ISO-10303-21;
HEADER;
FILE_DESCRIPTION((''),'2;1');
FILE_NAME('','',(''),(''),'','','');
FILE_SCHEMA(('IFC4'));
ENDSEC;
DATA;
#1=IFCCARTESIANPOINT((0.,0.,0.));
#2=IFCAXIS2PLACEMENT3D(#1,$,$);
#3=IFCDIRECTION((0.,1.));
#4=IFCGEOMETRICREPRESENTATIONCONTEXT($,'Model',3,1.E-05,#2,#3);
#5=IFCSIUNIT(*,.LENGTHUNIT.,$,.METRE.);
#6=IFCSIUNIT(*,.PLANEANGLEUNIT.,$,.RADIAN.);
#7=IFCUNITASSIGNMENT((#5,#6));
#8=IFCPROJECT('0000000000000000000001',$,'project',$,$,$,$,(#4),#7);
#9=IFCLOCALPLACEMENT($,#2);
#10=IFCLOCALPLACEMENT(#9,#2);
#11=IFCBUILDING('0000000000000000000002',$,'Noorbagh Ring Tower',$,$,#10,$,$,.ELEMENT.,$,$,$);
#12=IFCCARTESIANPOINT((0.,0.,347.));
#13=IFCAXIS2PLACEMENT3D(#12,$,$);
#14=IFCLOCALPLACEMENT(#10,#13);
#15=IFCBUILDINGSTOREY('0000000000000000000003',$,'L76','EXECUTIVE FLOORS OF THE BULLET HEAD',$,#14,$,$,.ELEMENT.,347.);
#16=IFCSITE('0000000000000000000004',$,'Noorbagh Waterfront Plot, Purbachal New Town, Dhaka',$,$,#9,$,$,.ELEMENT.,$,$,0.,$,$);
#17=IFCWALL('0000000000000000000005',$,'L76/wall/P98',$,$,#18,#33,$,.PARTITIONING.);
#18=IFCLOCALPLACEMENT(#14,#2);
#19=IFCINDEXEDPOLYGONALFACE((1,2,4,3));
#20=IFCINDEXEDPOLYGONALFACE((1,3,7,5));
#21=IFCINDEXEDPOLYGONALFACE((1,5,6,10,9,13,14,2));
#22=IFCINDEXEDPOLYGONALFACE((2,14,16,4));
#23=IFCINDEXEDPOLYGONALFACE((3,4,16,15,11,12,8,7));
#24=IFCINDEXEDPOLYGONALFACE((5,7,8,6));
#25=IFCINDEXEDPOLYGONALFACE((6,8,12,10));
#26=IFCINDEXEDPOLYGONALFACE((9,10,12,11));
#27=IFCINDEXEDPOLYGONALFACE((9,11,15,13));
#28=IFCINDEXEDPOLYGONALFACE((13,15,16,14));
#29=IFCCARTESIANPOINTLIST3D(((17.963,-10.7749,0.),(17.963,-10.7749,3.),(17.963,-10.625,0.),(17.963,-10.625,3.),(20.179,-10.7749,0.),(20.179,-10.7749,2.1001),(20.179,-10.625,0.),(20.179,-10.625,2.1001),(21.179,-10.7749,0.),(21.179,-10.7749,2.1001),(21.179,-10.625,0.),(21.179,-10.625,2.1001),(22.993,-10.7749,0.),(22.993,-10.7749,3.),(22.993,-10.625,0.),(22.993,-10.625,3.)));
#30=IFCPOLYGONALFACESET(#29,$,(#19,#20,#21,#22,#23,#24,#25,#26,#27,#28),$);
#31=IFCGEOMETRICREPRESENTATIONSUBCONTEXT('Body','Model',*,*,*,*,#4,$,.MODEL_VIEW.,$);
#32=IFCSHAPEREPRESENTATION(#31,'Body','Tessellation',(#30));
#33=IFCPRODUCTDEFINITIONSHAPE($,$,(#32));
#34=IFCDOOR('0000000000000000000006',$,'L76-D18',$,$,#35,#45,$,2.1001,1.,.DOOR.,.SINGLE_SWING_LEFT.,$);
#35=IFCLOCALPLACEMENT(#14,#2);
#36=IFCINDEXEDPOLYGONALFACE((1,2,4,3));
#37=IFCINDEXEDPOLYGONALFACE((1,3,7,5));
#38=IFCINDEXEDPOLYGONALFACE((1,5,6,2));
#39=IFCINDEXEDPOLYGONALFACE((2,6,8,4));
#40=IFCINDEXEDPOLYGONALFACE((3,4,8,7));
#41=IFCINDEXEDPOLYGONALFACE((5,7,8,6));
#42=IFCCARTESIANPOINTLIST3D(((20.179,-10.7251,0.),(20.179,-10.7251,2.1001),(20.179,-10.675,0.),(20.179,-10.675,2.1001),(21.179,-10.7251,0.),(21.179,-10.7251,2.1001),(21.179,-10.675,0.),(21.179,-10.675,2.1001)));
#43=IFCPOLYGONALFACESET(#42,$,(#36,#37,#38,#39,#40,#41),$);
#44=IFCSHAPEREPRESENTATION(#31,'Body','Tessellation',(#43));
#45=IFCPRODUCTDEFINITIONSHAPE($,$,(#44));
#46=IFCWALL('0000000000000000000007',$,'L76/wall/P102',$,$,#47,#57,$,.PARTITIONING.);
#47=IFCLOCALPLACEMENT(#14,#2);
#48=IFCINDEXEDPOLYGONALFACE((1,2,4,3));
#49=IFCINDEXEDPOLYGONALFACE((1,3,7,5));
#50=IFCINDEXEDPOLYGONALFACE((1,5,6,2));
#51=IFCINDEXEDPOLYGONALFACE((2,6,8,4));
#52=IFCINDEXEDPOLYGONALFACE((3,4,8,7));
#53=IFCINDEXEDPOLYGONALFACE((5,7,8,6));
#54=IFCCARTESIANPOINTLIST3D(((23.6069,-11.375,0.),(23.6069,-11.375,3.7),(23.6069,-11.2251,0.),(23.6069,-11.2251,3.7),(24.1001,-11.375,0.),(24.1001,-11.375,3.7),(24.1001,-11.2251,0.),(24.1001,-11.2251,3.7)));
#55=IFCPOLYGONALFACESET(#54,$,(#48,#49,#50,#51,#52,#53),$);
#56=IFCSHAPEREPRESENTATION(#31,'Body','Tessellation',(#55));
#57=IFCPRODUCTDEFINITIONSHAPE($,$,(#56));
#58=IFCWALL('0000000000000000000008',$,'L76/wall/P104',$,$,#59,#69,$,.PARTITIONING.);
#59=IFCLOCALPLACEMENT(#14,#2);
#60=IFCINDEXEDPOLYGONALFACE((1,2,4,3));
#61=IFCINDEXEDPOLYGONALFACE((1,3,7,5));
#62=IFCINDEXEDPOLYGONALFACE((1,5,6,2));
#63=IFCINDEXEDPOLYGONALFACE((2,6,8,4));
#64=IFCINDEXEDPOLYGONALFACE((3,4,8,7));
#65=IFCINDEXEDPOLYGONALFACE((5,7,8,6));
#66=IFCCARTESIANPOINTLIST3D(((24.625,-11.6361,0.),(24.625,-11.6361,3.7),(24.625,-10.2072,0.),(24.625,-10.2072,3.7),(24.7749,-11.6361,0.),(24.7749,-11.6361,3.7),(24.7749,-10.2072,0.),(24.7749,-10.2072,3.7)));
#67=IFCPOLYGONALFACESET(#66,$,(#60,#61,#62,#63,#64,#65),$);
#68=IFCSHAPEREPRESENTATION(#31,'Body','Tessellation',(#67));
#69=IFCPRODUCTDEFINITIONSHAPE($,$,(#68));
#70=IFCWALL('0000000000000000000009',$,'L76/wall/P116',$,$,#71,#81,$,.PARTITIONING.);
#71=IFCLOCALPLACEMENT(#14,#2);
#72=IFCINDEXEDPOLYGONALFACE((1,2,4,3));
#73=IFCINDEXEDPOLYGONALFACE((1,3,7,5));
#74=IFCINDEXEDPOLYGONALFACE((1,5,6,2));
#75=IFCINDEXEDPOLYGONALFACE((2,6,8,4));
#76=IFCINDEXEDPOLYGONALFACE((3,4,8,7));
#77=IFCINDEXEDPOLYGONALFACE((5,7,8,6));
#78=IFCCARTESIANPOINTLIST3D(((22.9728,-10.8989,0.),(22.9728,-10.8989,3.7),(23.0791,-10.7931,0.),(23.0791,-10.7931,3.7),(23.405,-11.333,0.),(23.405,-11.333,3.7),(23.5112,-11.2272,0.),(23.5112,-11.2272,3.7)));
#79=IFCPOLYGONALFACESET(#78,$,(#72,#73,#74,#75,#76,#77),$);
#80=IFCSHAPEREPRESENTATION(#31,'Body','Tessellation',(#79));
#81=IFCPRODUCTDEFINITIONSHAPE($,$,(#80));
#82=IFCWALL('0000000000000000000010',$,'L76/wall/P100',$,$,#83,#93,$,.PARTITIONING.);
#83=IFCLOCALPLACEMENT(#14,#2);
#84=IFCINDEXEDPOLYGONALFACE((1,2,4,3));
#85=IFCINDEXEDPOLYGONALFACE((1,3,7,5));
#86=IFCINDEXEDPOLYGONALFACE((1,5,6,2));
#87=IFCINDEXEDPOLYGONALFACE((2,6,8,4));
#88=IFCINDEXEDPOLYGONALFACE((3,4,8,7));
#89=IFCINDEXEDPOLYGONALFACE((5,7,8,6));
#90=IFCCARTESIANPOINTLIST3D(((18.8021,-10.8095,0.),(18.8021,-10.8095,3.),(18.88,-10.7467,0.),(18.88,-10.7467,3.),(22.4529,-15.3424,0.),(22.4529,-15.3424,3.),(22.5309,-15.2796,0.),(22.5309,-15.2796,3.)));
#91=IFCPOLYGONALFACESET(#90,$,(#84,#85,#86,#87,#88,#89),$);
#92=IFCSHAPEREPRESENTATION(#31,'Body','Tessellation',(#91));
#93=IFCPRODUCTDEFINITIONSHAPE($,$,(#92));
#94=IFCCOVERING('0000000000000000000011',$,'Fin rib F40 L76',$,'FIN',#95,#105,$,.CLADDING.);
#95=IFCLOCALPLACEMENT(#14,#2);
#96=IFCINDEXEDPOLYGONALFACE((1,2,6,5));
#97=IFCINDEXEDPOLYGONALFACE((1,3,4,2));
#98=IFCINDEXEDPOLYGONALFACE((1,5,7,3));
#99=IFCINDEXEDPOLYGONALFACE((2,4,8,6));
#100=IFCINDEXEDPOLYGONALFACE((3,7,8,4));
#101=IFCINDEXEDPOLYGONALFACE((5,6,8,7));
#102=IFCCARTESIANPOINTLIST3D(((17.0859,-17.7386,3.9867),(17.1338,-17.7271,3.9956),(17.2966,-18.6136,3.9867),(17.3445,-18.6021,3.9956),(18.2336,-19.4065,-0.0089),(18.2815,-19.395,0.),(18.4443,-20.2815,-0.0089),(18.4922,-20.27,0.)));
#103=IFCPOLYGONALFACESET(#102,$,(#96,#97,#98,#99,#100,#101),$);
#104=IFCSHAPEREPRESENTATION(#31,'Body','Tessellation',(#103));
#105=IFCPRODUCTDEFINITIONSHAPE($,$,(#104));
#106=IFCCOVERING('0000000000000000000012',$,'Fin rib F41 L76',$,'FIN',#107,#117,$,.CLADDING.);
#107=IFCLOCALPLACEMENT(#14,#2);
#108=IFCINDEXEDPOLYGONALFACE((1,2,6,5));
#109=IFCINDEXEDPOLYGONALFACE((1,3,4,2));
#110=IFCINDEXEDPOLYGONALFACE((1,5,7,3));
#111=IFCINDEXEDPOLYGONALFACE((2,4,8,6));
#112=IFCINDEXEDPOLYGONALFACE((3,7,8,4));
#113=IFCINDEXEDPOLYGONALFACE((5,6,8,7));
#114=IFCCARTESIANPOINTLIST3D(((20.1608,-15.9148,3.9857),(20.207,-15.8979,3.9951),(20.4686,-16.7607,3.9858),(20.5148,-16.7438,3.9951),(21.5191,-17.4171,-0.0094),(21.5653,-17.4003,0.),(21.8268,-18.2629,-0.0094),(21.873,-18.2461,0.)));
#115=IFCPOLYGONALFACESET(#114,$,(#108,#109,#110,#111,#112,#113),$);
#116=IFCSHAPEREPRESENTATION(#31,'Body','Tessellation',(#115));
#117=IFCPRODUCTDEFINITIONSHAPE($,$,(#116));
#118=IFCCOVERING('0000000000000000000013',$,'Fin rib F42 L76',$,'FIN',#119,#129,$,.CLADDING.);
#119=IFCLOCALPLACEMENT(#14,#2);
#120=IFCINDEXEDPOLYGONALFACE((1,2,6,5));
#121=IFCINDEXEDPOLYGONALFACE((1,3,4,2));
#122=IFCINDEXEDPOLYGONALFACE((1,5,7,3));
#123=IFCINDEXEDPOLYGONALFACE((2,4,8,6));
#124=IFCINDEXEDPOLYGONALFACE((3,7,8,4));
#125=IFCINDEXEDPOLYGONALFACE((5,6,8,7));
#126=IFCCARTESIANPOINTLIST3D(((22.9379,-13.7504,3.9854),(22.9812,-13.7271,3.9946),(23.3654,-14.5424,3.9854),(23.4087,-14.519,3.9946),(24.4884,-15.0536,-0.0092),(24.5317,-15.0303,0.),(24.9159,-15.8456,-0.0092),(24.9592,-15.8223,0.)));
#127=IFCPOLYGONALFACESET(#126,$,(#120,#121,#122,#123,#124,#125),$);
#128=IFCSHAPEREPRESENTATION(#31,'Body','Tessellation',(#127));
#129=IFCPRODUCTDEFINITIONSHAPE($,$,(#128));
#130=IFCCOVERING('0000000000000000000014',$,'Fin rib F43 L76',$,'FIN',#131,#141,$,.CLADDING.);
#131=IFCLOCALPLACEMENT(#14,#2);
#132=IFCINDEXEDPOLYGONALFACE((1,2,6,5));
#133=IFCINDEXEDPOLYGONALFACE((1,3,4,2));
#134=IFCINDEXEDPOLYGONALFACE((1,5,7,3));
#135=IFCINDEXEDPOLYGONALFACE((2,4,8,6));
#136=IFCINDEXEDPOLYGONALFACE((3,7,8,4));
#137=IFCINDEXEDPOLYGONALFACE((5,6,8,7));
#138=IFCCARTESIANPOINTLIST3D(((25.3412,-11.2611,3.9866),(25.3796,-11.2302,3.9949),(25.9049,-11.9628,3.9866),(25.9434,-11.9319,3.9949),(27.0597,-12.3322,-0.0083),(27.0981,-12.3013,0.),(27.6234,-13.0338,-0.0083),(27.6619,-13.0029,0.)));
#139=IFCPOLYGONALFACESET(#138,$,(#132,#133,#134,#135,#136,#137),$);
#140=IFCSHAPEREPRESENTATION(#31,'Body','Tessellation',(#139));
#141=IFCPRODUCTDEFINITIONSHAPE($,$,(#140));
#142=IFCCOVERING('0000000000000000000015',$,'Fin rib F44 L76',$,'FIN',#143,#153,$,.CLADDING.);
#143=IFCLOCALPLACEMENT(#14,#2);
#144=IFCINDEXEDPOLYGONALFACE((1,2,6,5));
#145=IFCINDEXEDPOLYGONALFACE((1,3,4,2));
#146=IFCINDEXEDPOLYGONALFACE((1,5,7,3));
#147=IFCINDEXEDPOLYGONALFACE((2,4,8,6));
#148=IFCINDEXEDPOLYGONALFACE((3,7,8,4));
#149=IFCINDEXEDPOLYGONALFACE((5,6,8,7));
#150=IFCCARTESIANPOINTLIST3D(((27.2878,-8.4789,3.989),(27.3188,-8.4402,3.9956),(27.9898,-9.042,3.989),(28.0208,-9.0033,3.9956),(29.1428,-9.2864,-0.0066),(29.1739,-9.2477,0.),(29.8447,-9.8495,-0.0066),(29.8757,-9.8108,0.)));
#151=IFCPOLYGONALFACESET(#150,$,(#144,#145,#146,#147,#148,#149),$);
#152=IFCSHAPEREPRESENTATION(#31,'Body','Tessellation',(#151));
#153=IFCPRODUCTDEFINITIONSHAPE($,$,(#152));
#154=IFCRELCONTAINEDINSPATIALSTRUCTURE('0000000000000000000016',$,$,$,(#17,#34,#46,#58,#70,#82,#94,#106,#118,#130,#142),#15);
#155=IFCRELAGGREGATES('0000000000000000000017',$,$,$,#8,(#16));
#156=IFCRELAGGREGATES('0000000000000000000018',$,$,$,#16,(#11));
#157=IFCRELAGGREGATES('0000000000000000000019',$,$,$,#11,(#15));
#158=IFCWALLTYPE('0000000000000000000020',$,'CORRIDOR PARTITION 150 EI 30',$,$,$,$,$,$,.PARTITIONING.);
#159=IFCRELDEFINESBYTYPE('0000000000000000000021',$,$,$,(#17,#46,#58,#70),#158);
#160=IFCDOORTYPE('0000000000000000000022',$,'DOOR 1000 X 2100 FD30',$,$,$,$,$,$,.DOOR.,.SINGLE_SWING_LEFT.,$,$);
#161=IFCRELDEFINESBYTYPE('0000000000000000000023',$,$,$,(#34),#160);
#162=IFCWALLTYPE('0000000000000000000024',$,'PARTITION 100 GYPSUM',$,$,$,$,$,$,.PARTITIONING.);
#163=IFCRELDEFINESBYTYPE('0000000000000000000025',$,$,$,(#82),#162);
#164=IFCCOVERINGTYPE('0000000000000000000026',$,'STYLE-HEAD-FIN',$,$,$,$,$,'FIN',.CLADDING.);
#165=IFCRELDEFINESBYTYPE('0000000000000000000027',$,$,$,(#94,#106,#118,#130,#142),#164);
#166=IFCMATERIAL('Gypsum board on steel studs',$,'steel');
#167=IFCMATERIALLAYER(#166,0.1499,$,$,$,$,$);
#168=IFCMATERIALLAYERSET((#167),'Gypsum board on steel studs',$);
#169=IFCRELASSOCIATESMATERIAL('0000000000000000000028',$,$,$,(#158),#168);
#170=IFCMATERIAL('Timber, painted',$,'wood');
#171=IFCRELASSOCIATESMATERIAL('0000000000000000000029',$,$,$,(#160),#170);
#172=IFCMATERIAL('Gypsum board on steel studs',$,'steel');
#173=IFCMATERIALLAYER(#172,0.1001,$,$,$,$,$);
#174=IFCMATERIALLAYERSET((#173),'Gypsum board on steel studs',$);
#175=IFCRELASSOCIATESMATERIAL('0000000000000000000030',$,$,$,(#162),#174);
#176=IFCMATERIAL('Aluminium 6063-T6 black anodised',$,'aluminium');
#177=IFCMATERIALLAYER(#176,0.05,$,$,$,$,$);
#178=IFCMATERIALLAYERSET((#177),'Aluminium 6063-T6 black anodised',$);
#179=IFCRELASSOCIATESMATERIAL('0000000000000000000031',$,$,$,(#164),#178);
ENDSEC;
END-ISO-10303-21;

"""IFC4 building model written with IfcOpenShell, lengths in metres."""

from ifc_helpers import new_model, si_unit, direction, frame, frame_2d, origin, place, context, subcontext, project, spatial, polyline, rectangle, outline, extrude, material, layer, layer_set, type_object, element, fill, save


model = new_model("IFC4")

# Units and contexts
model_context = context("Model", 3, precision=1e-05, world=origin(), true_north=direction((0.0, 1.0)))
body_context = subcontext(model_context, "Body", "Model", "MODEL_VIEW")
ifc_project = project(units=[si_unit("LENGTHUNIT", "METRE"), si_unit("PLANEANGLEUNIT", "RADIAN")], contexts=[model_context])

# Site, building, storey
site_placement = place(None, origin())
site = spatial("IfcSite", under=ifc_project, at=site_placement, Name="Noorbagh Waterfront Plot, Purbachal New Town, Dhaka", CompositionType="ELEMENT", RefElevation=0.0)
building_placement = place(site_placement, origin())
building = spatial("IfcBuilding", under=site, at=building_placement, Name="Noorbagh Ring Tower", CompositionType="ELEMENT")
storey_placement = place(building_placement, frame((0.0, 0.0, 347.0)))
storey = spatial("IfcBuildingStorey", under=building, at=storey_placement, Name="L76", Description="EXECUTIVE FLOORS OF THE BULLET HEAD", CompositionType="ELEMENT", Elevation=347.0)

# Wall, opening, door
ifc_material_1 = material(Name="Gypsum board on steel studs", Category="steel")
ifc_layer_1 = layer(ifc_material_1, 0.1499)
ifc_layer_set_1 = layer_set([ifc_layer_1], Name="Gypsum board on steel studs")
wall_type_1 = type_object("IfcWallType", Name="CORRIDOR PARTITION 150 EI 30", PredefinedType="PARTITIONING", material=ifc_layer_set_1)
wall_1_placement = place(storey_placement, frame((17.9629, -10.7, 0.0), z_axis=(0.0, 0.0, 1.0), x_axis=(1.0, 0.0, 0.0)))
wall_1 = element("IfcWall", 1, at=wall_1_placement, inside=storey, type_object=wall_type_1, Name="L76/wall/P98", PredefinedType="PARTITIONING", context=body_context, shape_type="SweptSolid", body=[
    extrude(rectangle(XDim=5.03, YDim=0.1499, at=frame_2d((2.5151, 0.0))), origin(), (0.0, 0.0, 1.0), 3.0),
])
opening_placement = place(wall_1_placement, frame((2.2161, 0.0, 0.0)))
opening = element("IfcOpeningElement", 2, at=opening_placement, cuts=wall_1, PredefinedType="OPENING", context=body_context, shape_type="SweptSolid", body=[
    extrude(rectangle(XDim=1.0, YDim=2.1001, at=frame_2d((0.5, 1.05))), frame((0.0, 0.085, 0.0), z_axis=(0.0, -1.0, 0.0), x_axis=(1.0, 0.0, 0.0)), (0.0, 0.0, 1.0), 0.1699),
])
ifc_material_2 = material(Name="Timber, painted", Category="wood")
door_type = type_object("IfcDoorType", Name="DOOR 1000 X 2100 FD30", OperationType="SINGLE_SWING_LEFT", PredefinedType="DOOR", material=ifc_material_2)
door_placement = place(opening_placement, origin())
door = element("IfcDoor", 3, at=door_placement, inside=storey, type_object=door_type, Name="L76-D18", OperationType="SINGLE_SWING_LEFT", OverallHeight=2.1001, OverallWidth=1.0, PredefinedType="DOOR", context=body_context, shape_type="SweptSolid", body=[
    extrude(rectangle(XDim=1.0, YDim=2.1001, at=frame_2d((0.5, 1.05))), frame((0.0, 0.0249, 0.0), z_axis=(0.0, -1.0, 0.0), x_axis=(1.0, 0.0, 0.0)), (0.0, 0.0, 1.0), 0.05),
])
fill(opening, door)

# Walls
wall_2_placement = place(storey_placement, frame((23.6069, -11.3, 0.0), z_axis=(0.0, 0.0, 1.0), x_axis=(1.0, 0.0, 0.0)))
element("IfcWall", 4, at=wall_2_placement, inside=storey, type_object=wall_type_1, Name="L76/wall/P102", PredefinedType="PARTITIONING", context=body_context, shape_type="SweptSolid", body=[
    extrude(rectangle(XDim=0.4932, YDim=0.1499, at=frame_2d((0.2466, 0.0))), origin(), (0.0, 0.0, 1.0), 3.7),
])
wall_3_placement = place(storey_placement, frame((24.7, -11.636, 0.0), z_axis=(0.0, 0.0, 1.0), x_axis=(0.0, 1.0, 0.0)))
element("IfcWall", 5, at=wall_3_placement, inside=storey, type_object=wall_type_1, Name="L76/wall/P104", PredefinedType="PARTITIONING", context=body_context, shape_type="SweptSolid", body=[
    extrude(rectangle(XDim=1.429, YDim=0.1499, at=frame_2d((0.7144, 0.0))), origin(), (0.0, 0.0, 1.0), 3.7),
])
wall_4_placement = place(storey_placement, frame((23.458, -11.28, 0.0), z_axis=(0.0, 0.0, 1.0), x_axis=(-0.705511, 0.708699, 0.0)))
element("IfcWall", 6, at=wall_4_placement, inside=storey, type_object=wall_type_1, Name="L76/wall/P116", PredefinedType="PARTITIONING", context=body_context, shape_type="SweptSolid", body=[
    extrude(rectangle(XDim=0.6125, YDim=0.1499, at=frame_2d((0.3062, 0.0))), origin(), (0.0, 0.0, 1.0), 3.7),
])
ifc_material_3 = material(Name="Gypsum board on steel studs", Category="steel")
ifc_layer_2 = layer(ifc_material_3, 0.1001)
ifc_layer_set_2 = layer_set([ifc_layer_2], Name="Gypsum board on steel studs")
wall_type_2 = type_object("IfcWallType", Name="PARTITION 100 GYPSUM", PredefinedType="PARTITIONING", material=ifc_layer_set_2)
wall_5_placement = place(storey_placement, frame((18.8411, -10.7781, 0.0), z_axis=(0.0, 0.0, 1.0), x_axis=(0.62726, -0.77881, 0.0)))
element("IfcWall", 7, at=wall_5_placement, inside=storey, type_object=wall_type_2, Name="L76/wall/P100", PredefinedType="PARTITIONING", context=body_context, shape_type="SweptSolid", body=[
    extrude(rectangle(XDim=5.8203, YDim=0.1001, at=frame_2d((2.9102, 0.0))), origin(), (0.0, 0.0, 1.0), 3.0),
])

# Coverings
ifc_material_4 = material(Name="Aluminium 6063-T6 black anodised", Category="aluminium")
ifc_layer_3 = layer(ifc_material_4, 0.05)
ifc_layer_set_3 = layer_set([ifc_layer_3], Name="Aluminium 6063-T6 black anodised")
covering_type_1 = type_object("IfcCoveringType", Name="STYLE-HEAD-FIN", ElementType="FIN", PredefinedType="CLADDING", material=ifc_layer_set_3)
covering_1_placement = place(storey_placement, frame((18.4922, -20.27, 0.0), z_axis=(0.956578, 0.230337, 0.178615), x_axis=(-0.256224, 0.372372, 0.892014)))
element("IfcCovering", 8, at=covering_1_placement, inside=storey, type_object=covering_type_1, Name="Fin rib F40 L76", ObjectType="FIN", PredefinedType="CLADDING", context=body_context, shape_type="SweptSolid", body=[
    extrude(outline(polyline([(0.0, 0.0), (4.4793, 0.0), (4.8591, -0.8159), (0.3798, -0.8159), (0.0, 0.0)])), origin(), (0.0, 0.0, -1.0), 0.05),
])
covering_2_placement = place(storey_placement, frame((21.873, -18.2461, 0.0), z_axis=(0.923061, 0.33584, 0.187537), x_axis=(-0.30324, 0.335387, 0.891942)))
element("IfcCovering", 9, at=covering_2_placement, inside=storey, type_object=covering_type_1, Name="Fin rib F41 L76", ObjectType="FIN", PredefinedType="CLADDING", context=body_context, shape_type="SweptSolid", body=[
    extrude(outline(polyline([(0.0, 0.0), (4.4792, 0.0), (4.8562, -0.8174), (0.377, -0.8172), (0.0, 0.0)])), origin(), (0.0, 0.0, -1.0), 0.05),
])
covering_3_placement = place(storey_placement, frame((24.9592, -15.8223, 0.0), z_axis=(0.865058, 0.466929, 0.183444), x_axis=(-0.346195, 0.290976, 0.891898)))
element("IfcCovering", 10, at=covering_3_placement, inside=storey, type_object=covering_type_1, Name="Fin rib F42 L76", ObjectType="FIN", PredefinedType="CLADDING", context=body_context, shape_type="SweptSolid", body=[
    extrude(outline(polyline([(0.0, 0.0), (4.4788, 0.0), (4.8572, -0.8166), (0.3784, -0.8166), (0.0, 0.0)])), origin(), (0.0, 0.0, -1.0), 0.05),
])
covering_4_placement = place(storey_placement, frame((27.6619, -13.0029, 0.0), z_axis=(0.768867, 0.617716, 0.165137), x_axis=(-0.3837, 0.239138, 0.891957)))
element("IfcCovering", 11, at=covering_4_placement, inside=storey, type_object=covering_type_1, Name="Fin rib F43 L76", ObjectType="FIN", PredefinedType="CLADDING", context=body_context, shape_type="SweptSolid", body=[
    extrude(outline(polyline([(0.0, 0.0), (4.4788, 0.0), (4.8629, -0.814), (0.3841, -0.814), (0.0, 0.0)])), origin(), (0.0, 0.0, -1.0), 0.05),
])
covering_5_placement = place(storey_placement, frame((29.8757, -9.8108, 0.0), z_axis=(0.620317, 0.773211, 0.131723), x_axis=(-0.414176, 0.180291, 0.892162)))
element("IfcCovering", 12, at=covering_5_placement, inside=storey, type_object=covering_type_1, Name="Fin rib F44 L76", ObjectType="FIN", PredefinedType="CLADDING", context=body_context, shape_type="SweptSolid", body=[
    extrude(outline(polyline([(0.0, 0.0), (4.4786, 0.0), (4.8708, -0.81), (0.3922, -0.8098), (0.0, 0.0)])), origin(), (0.0, 0.0, -1.0), 0.05),
])

save(model, "model.ifc")
